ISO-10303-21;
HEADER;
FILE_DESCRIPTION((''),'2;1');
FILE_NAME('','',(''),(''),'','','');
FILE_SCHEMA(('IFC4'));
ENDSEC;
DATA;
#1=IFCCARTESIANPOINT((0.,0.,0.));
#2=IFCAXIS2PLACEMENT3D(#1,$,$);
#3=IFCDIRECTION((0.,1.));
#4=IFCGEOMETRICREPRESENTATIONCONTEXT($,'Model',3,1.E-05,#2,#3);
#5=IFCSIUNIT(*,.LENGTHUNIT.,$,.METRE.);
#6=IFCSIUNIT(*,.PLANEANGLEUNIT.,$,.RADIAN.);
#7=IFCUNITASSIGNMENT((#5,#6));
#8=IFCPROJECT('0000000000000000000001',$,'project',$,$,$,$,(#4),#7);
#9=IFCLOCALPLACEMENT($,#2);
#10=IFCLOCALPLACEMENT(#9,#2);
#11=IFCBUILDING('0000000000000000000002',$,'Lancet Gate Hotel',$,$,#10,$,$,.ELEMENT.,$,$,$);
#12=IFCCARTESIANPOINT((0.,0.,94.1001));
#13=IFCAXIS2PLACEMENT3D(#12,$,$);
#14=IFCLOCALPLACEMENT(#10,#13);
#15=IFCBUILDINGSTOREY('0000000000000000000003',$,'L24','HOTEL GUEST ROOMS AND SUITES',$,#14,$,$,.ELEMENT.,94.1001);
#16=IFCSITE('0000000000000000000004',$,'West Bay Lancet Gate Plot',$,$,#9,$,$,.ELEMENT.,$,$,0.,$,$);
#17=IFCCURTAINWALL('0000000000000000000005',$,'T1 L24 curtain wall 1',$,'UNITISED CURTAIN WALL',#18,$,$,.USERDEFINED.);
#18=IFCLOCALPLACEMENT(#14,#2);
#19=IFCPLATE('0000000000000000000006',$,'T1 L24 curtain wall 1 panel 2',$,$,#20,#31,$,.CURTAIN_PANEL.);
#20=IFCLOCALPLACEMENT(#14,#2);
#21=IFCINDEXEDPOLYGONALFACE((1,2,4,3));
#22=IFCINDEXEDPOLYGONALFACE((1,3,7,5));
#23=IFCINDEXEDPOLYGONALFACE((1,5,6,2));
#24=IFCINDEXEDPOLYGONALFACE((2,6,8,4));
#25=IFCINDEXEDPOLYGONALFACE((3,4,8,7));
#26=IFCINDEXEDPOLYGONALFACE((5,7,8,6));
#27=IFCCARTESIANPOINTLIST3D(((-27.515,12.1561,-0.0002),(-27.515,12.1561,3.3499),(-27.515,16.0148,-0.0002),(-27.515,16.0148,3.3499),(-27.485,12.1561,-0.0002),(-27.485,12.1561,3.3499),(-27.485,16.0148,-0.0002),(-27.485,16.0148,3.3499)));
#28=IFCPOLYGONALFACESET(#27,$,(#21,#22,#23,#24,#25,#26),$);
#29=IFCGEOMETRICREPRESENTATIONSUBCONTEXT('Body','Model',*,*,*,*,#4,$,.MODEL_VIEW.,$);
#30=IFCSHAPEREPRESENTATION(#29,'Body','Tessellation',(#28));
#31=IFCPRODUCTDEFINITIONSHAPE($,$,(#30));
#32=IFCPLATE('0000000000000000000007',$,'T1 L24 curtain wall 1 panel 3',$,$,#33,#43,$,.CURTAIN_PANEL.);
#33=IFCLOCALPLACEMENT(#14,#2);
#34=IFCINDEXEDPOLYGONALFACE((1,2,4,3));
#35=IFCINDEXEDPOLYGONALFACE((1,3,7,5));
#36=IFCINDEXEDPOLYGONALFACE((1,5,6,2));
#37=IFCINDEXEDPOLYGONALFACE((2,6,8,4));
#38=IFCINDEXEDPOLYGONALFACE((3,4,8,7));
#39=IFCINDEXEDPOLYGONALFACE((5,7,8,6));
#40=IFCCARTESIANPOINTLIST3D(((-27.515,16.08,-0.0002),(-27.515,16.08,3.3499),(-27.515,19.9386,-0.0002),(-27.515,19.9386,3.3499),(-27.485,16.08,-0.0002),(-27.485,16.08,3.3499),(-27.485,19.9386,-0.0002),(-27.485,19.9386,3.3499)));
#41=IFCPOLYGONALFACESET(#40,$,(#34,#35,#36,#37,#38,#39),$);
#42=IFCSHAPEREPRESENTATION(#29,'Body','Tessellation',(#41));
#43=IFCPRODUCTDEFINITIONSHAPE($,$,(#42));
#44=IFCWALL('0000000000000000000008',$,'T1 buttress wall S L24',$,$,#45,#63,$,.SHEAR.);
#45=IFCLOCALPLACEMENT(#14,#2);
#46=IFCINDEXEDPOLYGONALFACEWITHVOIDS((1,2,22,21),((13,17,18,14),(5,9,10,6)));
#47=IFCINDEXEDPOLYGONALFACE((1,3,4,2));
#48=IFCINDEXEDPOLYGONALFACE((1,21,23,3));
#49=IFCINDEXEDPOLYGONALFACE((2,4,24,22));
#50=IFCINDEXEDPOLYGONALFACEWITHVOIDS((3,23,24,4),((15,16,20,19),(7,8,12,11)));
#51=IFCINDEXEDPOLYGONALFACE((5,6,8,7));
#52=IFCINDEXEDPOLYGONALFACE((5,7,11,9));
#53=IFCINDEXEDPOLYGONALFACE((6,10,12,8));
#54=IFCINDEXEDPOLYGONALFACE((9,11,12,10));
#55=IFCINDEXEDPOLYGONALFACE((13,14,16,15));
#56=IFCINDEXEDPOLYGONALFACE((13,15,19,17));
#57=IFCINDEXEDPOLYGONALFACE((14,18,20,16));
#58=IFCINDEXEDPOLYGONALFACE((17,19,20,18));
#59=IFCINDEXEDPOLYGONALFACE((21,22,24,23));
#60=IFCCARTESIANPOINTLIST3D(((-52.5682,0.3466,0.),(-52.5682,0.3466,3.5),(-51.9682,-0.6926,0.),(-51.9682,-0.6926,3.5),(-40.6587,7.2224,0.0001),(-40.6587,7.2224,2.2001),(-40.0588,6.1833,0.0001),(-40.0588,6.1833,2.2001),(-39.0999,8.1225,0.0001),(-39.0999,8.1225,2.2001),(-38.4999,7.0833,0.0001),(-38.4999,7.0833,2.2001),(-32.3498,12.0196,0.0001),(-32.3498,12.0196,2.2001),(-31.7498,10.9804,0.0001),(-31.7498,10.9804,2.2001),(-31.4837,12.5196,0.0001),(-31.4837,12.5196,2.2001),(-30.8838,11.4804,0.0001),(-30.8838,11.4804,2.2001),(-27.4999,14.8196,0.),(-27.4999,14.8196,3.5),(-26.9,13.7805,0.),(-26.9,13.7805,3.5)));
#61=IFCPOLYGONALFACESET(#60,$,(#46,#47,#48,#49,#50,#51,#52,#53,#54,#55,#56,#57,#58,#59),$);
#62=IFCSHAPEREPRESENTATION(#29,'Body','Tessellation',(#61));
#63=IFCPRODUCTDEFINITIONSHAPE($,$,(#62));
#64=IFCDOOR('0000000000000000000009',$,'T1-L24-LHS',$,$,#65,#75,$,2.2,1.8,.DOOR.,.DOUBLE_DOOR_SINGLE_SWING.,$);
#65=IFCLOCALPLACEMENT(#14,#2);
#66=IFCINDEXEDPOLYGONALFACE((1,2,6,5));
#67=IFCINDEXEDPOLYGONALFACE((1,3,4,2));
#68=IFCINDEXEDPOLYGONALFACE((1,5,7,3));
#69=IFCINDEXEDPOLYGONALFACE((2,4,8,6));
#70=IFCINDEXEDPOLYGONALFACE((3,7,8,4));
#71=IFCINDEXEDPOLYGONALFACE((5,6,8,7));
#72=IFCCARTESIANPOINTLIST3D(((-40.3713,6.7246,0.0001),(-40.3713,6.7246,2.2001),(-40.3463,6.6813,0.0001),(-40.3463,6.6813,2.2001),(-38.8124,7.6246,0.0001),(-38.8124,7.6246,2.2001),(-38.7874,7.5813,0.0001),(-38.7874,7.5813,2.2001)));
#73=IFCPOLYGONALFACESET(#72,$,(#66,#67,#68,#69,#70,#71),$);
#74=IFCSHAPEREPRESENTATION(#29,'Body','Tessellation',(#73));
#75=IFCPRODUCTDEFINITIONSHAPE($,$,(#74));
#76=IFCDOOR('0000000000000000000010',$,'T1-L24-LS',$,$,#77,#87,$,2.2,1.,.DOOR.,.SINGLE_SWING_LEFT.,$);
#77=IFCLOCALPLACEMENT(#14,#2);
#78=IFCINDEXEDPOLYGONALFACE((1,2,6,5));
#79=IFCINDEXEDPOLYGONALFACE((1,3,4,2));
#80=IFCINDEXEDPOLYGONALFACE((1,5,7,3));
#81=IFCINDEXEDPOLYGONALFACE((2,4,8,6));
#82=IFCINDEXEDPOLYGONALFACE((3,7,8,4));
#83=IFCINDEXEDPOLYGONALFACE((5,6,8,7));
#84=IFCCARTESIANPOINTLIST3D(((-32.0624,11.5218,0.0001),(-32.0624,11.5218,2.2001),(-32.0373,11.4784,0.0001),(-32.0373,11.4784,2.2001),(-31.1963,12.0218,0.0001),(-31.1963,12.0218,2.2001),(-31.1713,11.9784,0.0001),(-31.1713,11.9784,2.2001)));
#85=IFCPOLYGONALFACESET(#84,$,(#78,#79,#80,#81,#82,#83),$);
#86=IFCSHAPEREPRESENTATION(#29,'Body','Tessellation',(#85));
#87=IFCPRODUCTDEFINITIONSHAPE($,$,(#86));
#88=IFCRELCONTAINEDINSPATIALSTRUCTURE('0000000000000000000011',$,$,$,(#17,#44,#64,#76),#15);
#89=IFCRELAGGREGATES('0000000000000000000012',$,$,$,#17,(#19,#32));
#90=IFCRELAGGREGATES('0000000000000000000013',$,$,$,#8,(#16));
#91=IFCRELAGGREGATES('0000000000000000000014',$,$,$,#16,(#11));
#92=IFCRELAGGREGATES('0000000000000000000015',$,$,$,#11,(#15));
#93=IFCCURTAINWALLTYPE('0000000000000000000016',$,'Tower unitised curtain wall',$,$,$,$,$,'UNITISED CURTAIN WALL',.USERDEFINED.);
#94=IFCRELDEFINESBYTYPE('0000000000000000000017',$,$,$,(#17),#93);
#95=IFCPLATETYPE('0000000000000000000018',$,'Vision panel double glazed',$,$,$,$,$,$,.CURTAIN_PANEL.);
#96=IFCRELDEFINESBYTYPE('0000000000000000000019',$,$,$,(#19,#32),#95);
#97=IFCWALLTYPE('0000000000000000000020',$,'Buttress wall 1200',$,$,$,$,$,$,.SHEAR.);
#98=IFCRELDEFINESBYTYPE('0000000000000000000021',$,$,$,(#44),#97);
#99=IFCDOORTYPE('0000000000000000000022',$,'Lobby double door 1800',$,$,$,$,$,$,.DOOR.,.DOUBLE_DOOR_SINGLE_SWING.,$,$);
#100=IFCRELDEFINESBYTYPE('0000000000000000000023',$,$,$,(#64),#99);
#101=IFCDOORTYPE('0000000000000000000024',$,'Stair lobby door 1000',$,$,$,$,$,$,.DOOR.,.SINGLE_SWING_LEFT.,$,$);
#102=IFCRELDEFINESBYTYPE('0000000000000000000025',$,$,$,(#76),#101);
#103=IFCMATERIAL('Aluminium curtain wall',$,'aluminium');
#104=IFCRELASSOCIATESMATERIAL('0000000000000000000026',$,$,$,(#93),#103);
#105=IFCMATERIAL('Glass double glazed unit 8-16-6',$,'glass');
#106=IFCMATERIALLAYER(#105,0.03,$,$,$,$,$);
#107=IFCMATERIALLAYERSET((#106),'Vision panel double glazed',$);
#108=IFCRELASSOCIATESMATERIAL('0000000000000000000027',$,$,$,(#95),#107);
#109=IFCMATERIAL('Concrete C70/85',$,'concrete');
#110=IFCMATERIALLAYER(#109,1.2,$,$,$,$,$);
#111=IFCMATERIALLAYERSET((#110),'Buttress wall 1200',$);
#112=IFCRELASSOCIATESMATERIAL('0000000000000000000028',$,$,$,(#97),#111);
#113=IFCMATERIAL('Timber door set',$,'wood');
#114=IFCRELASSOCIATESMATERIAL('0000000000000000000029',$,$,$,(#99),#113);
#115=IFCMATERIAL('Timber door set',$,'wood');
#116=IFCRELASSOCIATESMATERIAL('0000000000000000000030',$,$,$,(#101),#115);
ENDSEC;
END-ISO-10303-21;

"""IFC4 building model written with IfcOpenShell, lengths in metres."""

from ifc_helpers import new_model, si_unit, direction, frame, frame_2d, origin, origin_2d, place, context, subcontext, project, spatial, rectangle, extrude, material, layer, layer_set, type_object, element, fill, aggregate, save


model = new_model("IFC4")

# Units and contexts
model_context = context("Model", 3, precision=1e-05, world=origin(), true_north=direction((0.0, 1.0)))
body_context = subcontext(model_context, "Body", "Model", "MODEL_VIEW")
ifc_project = project(units=[si_unit("LENGTHUNIT", "METRE"), si_unit("PLANEANGLEUNIT", "RADIAN")], contexts=[model_context])

# Site, building, storey
site_placement = place(None, origin())
site = spatial("IfcSite", under=ifc_project, at=site_placement, Name="West Bay Lancet Gate Plot", CompositionType="ELEMENT", RefElevation=0.0)
building_placement = place(site_placement, origin())
building = spatial("IfcBuilding", under=site, at=building_placement, Name="Lancet Gate Hotel", CompositionType="ELEMENT")
storey_placement = place(building_placement, frame((0.0, 0.0, 94.1001)))
storey = spatial("IfcBuildingStorey", under=building, at=storey_placement, Name="L24", Description="HOTEL GUEST ROOMS AND SUITES", CompositionType="ELEMENT", Elevation=94.1001)

# Curtain wall
ifc_material_1 = material(Name="Aluminium curtain wall", Category="aluminium")
curtain_wall_type = type_object("IfcCurtainWallType", Name="Tower unitised curtain wall", ElementType="UNITISED CURTAIN WALL", PredefinedType="USERDEFINED", material=ifc_material_1)
curtain_wall_placement = place(storey_placement, origin())
curtain_wall = element("IfcCurtainWall", 1, at=curtain_wall_placement, inside=storey, type_object=curtain_wall_type, Name="T1 L24 curtain wall 1", ObjectType="UNITISED CURTAIN WALL", PredefinedType="USERDEFINED")

# Plates
ifc_material_2 = material(Name="Glass double glazed unit 8-16-6", Category="glass")
ifc_layer_1 = layer(ifc_material_2, 0.03)
ifc_layer_set_1 = layer_set([ifc_layer_1], Name="Vision panel double glazed")
plate_type = type_object("IfcPlateType", Name="Vision panel double glazed", PredefinedType="CURTAIN_PANEL", material=ifc_layer_set_1)
plate_1_placement = place(storey_placement, frame((-27.5, 14.0854, -0.0002), z_axis=(0.0, 0.0, 1.0), x_axis=(0.0, 1.0, 0.0)))
plate_1 = element("IfcPlate", 2, at=plate_1_placement, type_object=plate_type, Name="T1 L24 curtain wall 1 panel 2", PredefinedType="CURTAIN_PANEL", context=body_context, shape_type="SweptSolid", body=[
    extrude(rectangle(XDim=3.8586, YDim=0.03, at=origin_2d()), origin(), (0.0, 0.0, 1.0), 3.3501),
])
plate_2_placement = place(storey_placement, frame((-27.5, 18.0093, -0.0002), z_axis=(0.0, 0.0, 1.0), x_axis=(0.0, 1.0, 0.0)))
plate_2 = element("IfcPlate", 3, at=plate_2_placement, type_object=plate_type, Name="T1 L24 curtain wall 1 panel 3", PredefinedType="CURTAIN_PANEL", context=body_context, shape_type="SweptSolid", body=[
    extrude(rectangle(XDim=3.8586, YDim=0.03, at=origin_2d()), origin(), (0.0, 0.0, 1.0), 3.3501),
])
aggregate(curtain_wall, [plate_1, plate_2])

# Wall, openings, doors
ifc_material_3 = material(Name="Concrete C70/85", Category="concrete")
ifc_layer_2 = layer(ifc_material_3, 1.2)
ifc_layer_set_2 = layer_set([ifc_layer_2], Name="Buttress wall 1200")
wall_type = type_object("IfcWallType", Name="Buttress wall 1200", PredefinedType="SHEAR", material=ifc_layer_set_2)
wall_placement = place(storey_placement, frame((-27.2, 14.3, 0.0), z_axis=(0.0, 0.0, 1.0), x_axis=(-0.866027, -0.499998, 0.0)))
wall = element("IfcWall", 4, at=wall_placement, inside=storey, type_object=wall_type, Name="T1 buttress wall S L24", PredefinedType="SHEAR", context=body_context, shape_type="SweptSolid", body=[
    extrude(rectangle(XDim=28.9463, YDim=1.2, at=frame_2d((14.4731, 0.0))), origin(), (0.0, 0.0, 1.0), 3.5),
])
opening_1_placement = place(wall_placement, frame((4.6001, 0.0, 0.0)))
opening_1 = element("IfcOpeningElement", 5, at=opening_1_placement, cuts=wall, PredefinedType="OPENING", context=body_context, shape_type="SweptSolid", body=[
    extrude(rectangle(XDim=1.0, YDim=2.2, at=frame_2d((0.5, 1.1001))), frame((0.0, 0.6099, 0.0), z_axis=(0.0, -1.0, 0.0), x_axis=(1.0, 0.0, 0.0)), (0.0, 0.0, 1.0), 1.22),
])
opening_2_placement = place(wall_placement, frame((13.3945, 0.0, 0.0)))
opening_2 = element("IfcOpeningElement", 6, at=opening_2_placement, cuts=wall, PredefinedType="OPENING", context=body_context, shape_type="SweptSolid", body=[
    extrude(rectangle(XDim=1.8, YDim=2.2, at=frame_2d((0.8999, 1.1001))), frame((0.0, 0.6099, 0.0), z_axis=(0.0, -1.0, 0.0), x_axis=(1.0, 0.0, 0.0)), (0.0, 0.0, 1.0), 1.22),
])
ifc_material_4 = material(Name="Timber door set", Category="wood")
door_type_1 = type_object("IfcDoorType", Name="Lobby double door 1800", OperationType="DOUBLE_DOOR_SINGLE_SWING", PredefinedType="DOOR", material=ifc_material_4)
door_1_placement = place(opening_2_placement, origin())
door_1 = element("IfcDoor", 7, at=door_1_placement, inside=storey, type_object=door_type_1, Name="T1-L24-LHS", OperationType="DOUBLE_DOOR_SINGLE_SWING", OverallHeight=2.2, OverallWidth=1.8, PredefinedType="DOOR", context=body_context, shape_type="SweptSolid", body=[
    extrude(rectangle(XDim=1.8, YDim=2.2, at=frame_2d((0.8999, 1.1001))), frame((0.0, 0.0249, 0.0), z_axis=(0.0, -1.0, 0.0), x_axis=(1.0, 0.0, 0.0)), (0.0, 0.0, 1.0), 0.05),
])
fill(opening_2, door_1)
ifc_material_5 = material(Name="Timber door set", Category="wood")
door_type_2 = type_object("IfcDoorType", Name="Stair lobby door 1000", OperationType="SINGLE_SWING_LEFT", PredefinedType="DOOR", material=ifc_material_5)
door_2_placement = place(opening_1_placement, origin())
door_2 = element("IfcDoor", 8, at=door_2_placement, inside=storey, type_object=door_type_2, Name="T1-L24-LS", OperationType="SINGLE_SWING_LEFT", OverallHeight=2.2, OverallWidth=1.0, PredefinedType="DOOR", context=body_context, shape_type="SweptSolid", body=[
    extrude(rectangle(XDim=1.0, YDim=2.2, at=frame_2d((0.5, 1.1001))), frame((0.0, 0.0249, 0.0), z_axis=(0.0, -1.0, 0.0), x_axis=(1.0, 0.0, 0.0)), (0.0, 0.0, 1.0), 0.05),
])
fill(opening_1, door_2)

save(model, "model.ifc")
